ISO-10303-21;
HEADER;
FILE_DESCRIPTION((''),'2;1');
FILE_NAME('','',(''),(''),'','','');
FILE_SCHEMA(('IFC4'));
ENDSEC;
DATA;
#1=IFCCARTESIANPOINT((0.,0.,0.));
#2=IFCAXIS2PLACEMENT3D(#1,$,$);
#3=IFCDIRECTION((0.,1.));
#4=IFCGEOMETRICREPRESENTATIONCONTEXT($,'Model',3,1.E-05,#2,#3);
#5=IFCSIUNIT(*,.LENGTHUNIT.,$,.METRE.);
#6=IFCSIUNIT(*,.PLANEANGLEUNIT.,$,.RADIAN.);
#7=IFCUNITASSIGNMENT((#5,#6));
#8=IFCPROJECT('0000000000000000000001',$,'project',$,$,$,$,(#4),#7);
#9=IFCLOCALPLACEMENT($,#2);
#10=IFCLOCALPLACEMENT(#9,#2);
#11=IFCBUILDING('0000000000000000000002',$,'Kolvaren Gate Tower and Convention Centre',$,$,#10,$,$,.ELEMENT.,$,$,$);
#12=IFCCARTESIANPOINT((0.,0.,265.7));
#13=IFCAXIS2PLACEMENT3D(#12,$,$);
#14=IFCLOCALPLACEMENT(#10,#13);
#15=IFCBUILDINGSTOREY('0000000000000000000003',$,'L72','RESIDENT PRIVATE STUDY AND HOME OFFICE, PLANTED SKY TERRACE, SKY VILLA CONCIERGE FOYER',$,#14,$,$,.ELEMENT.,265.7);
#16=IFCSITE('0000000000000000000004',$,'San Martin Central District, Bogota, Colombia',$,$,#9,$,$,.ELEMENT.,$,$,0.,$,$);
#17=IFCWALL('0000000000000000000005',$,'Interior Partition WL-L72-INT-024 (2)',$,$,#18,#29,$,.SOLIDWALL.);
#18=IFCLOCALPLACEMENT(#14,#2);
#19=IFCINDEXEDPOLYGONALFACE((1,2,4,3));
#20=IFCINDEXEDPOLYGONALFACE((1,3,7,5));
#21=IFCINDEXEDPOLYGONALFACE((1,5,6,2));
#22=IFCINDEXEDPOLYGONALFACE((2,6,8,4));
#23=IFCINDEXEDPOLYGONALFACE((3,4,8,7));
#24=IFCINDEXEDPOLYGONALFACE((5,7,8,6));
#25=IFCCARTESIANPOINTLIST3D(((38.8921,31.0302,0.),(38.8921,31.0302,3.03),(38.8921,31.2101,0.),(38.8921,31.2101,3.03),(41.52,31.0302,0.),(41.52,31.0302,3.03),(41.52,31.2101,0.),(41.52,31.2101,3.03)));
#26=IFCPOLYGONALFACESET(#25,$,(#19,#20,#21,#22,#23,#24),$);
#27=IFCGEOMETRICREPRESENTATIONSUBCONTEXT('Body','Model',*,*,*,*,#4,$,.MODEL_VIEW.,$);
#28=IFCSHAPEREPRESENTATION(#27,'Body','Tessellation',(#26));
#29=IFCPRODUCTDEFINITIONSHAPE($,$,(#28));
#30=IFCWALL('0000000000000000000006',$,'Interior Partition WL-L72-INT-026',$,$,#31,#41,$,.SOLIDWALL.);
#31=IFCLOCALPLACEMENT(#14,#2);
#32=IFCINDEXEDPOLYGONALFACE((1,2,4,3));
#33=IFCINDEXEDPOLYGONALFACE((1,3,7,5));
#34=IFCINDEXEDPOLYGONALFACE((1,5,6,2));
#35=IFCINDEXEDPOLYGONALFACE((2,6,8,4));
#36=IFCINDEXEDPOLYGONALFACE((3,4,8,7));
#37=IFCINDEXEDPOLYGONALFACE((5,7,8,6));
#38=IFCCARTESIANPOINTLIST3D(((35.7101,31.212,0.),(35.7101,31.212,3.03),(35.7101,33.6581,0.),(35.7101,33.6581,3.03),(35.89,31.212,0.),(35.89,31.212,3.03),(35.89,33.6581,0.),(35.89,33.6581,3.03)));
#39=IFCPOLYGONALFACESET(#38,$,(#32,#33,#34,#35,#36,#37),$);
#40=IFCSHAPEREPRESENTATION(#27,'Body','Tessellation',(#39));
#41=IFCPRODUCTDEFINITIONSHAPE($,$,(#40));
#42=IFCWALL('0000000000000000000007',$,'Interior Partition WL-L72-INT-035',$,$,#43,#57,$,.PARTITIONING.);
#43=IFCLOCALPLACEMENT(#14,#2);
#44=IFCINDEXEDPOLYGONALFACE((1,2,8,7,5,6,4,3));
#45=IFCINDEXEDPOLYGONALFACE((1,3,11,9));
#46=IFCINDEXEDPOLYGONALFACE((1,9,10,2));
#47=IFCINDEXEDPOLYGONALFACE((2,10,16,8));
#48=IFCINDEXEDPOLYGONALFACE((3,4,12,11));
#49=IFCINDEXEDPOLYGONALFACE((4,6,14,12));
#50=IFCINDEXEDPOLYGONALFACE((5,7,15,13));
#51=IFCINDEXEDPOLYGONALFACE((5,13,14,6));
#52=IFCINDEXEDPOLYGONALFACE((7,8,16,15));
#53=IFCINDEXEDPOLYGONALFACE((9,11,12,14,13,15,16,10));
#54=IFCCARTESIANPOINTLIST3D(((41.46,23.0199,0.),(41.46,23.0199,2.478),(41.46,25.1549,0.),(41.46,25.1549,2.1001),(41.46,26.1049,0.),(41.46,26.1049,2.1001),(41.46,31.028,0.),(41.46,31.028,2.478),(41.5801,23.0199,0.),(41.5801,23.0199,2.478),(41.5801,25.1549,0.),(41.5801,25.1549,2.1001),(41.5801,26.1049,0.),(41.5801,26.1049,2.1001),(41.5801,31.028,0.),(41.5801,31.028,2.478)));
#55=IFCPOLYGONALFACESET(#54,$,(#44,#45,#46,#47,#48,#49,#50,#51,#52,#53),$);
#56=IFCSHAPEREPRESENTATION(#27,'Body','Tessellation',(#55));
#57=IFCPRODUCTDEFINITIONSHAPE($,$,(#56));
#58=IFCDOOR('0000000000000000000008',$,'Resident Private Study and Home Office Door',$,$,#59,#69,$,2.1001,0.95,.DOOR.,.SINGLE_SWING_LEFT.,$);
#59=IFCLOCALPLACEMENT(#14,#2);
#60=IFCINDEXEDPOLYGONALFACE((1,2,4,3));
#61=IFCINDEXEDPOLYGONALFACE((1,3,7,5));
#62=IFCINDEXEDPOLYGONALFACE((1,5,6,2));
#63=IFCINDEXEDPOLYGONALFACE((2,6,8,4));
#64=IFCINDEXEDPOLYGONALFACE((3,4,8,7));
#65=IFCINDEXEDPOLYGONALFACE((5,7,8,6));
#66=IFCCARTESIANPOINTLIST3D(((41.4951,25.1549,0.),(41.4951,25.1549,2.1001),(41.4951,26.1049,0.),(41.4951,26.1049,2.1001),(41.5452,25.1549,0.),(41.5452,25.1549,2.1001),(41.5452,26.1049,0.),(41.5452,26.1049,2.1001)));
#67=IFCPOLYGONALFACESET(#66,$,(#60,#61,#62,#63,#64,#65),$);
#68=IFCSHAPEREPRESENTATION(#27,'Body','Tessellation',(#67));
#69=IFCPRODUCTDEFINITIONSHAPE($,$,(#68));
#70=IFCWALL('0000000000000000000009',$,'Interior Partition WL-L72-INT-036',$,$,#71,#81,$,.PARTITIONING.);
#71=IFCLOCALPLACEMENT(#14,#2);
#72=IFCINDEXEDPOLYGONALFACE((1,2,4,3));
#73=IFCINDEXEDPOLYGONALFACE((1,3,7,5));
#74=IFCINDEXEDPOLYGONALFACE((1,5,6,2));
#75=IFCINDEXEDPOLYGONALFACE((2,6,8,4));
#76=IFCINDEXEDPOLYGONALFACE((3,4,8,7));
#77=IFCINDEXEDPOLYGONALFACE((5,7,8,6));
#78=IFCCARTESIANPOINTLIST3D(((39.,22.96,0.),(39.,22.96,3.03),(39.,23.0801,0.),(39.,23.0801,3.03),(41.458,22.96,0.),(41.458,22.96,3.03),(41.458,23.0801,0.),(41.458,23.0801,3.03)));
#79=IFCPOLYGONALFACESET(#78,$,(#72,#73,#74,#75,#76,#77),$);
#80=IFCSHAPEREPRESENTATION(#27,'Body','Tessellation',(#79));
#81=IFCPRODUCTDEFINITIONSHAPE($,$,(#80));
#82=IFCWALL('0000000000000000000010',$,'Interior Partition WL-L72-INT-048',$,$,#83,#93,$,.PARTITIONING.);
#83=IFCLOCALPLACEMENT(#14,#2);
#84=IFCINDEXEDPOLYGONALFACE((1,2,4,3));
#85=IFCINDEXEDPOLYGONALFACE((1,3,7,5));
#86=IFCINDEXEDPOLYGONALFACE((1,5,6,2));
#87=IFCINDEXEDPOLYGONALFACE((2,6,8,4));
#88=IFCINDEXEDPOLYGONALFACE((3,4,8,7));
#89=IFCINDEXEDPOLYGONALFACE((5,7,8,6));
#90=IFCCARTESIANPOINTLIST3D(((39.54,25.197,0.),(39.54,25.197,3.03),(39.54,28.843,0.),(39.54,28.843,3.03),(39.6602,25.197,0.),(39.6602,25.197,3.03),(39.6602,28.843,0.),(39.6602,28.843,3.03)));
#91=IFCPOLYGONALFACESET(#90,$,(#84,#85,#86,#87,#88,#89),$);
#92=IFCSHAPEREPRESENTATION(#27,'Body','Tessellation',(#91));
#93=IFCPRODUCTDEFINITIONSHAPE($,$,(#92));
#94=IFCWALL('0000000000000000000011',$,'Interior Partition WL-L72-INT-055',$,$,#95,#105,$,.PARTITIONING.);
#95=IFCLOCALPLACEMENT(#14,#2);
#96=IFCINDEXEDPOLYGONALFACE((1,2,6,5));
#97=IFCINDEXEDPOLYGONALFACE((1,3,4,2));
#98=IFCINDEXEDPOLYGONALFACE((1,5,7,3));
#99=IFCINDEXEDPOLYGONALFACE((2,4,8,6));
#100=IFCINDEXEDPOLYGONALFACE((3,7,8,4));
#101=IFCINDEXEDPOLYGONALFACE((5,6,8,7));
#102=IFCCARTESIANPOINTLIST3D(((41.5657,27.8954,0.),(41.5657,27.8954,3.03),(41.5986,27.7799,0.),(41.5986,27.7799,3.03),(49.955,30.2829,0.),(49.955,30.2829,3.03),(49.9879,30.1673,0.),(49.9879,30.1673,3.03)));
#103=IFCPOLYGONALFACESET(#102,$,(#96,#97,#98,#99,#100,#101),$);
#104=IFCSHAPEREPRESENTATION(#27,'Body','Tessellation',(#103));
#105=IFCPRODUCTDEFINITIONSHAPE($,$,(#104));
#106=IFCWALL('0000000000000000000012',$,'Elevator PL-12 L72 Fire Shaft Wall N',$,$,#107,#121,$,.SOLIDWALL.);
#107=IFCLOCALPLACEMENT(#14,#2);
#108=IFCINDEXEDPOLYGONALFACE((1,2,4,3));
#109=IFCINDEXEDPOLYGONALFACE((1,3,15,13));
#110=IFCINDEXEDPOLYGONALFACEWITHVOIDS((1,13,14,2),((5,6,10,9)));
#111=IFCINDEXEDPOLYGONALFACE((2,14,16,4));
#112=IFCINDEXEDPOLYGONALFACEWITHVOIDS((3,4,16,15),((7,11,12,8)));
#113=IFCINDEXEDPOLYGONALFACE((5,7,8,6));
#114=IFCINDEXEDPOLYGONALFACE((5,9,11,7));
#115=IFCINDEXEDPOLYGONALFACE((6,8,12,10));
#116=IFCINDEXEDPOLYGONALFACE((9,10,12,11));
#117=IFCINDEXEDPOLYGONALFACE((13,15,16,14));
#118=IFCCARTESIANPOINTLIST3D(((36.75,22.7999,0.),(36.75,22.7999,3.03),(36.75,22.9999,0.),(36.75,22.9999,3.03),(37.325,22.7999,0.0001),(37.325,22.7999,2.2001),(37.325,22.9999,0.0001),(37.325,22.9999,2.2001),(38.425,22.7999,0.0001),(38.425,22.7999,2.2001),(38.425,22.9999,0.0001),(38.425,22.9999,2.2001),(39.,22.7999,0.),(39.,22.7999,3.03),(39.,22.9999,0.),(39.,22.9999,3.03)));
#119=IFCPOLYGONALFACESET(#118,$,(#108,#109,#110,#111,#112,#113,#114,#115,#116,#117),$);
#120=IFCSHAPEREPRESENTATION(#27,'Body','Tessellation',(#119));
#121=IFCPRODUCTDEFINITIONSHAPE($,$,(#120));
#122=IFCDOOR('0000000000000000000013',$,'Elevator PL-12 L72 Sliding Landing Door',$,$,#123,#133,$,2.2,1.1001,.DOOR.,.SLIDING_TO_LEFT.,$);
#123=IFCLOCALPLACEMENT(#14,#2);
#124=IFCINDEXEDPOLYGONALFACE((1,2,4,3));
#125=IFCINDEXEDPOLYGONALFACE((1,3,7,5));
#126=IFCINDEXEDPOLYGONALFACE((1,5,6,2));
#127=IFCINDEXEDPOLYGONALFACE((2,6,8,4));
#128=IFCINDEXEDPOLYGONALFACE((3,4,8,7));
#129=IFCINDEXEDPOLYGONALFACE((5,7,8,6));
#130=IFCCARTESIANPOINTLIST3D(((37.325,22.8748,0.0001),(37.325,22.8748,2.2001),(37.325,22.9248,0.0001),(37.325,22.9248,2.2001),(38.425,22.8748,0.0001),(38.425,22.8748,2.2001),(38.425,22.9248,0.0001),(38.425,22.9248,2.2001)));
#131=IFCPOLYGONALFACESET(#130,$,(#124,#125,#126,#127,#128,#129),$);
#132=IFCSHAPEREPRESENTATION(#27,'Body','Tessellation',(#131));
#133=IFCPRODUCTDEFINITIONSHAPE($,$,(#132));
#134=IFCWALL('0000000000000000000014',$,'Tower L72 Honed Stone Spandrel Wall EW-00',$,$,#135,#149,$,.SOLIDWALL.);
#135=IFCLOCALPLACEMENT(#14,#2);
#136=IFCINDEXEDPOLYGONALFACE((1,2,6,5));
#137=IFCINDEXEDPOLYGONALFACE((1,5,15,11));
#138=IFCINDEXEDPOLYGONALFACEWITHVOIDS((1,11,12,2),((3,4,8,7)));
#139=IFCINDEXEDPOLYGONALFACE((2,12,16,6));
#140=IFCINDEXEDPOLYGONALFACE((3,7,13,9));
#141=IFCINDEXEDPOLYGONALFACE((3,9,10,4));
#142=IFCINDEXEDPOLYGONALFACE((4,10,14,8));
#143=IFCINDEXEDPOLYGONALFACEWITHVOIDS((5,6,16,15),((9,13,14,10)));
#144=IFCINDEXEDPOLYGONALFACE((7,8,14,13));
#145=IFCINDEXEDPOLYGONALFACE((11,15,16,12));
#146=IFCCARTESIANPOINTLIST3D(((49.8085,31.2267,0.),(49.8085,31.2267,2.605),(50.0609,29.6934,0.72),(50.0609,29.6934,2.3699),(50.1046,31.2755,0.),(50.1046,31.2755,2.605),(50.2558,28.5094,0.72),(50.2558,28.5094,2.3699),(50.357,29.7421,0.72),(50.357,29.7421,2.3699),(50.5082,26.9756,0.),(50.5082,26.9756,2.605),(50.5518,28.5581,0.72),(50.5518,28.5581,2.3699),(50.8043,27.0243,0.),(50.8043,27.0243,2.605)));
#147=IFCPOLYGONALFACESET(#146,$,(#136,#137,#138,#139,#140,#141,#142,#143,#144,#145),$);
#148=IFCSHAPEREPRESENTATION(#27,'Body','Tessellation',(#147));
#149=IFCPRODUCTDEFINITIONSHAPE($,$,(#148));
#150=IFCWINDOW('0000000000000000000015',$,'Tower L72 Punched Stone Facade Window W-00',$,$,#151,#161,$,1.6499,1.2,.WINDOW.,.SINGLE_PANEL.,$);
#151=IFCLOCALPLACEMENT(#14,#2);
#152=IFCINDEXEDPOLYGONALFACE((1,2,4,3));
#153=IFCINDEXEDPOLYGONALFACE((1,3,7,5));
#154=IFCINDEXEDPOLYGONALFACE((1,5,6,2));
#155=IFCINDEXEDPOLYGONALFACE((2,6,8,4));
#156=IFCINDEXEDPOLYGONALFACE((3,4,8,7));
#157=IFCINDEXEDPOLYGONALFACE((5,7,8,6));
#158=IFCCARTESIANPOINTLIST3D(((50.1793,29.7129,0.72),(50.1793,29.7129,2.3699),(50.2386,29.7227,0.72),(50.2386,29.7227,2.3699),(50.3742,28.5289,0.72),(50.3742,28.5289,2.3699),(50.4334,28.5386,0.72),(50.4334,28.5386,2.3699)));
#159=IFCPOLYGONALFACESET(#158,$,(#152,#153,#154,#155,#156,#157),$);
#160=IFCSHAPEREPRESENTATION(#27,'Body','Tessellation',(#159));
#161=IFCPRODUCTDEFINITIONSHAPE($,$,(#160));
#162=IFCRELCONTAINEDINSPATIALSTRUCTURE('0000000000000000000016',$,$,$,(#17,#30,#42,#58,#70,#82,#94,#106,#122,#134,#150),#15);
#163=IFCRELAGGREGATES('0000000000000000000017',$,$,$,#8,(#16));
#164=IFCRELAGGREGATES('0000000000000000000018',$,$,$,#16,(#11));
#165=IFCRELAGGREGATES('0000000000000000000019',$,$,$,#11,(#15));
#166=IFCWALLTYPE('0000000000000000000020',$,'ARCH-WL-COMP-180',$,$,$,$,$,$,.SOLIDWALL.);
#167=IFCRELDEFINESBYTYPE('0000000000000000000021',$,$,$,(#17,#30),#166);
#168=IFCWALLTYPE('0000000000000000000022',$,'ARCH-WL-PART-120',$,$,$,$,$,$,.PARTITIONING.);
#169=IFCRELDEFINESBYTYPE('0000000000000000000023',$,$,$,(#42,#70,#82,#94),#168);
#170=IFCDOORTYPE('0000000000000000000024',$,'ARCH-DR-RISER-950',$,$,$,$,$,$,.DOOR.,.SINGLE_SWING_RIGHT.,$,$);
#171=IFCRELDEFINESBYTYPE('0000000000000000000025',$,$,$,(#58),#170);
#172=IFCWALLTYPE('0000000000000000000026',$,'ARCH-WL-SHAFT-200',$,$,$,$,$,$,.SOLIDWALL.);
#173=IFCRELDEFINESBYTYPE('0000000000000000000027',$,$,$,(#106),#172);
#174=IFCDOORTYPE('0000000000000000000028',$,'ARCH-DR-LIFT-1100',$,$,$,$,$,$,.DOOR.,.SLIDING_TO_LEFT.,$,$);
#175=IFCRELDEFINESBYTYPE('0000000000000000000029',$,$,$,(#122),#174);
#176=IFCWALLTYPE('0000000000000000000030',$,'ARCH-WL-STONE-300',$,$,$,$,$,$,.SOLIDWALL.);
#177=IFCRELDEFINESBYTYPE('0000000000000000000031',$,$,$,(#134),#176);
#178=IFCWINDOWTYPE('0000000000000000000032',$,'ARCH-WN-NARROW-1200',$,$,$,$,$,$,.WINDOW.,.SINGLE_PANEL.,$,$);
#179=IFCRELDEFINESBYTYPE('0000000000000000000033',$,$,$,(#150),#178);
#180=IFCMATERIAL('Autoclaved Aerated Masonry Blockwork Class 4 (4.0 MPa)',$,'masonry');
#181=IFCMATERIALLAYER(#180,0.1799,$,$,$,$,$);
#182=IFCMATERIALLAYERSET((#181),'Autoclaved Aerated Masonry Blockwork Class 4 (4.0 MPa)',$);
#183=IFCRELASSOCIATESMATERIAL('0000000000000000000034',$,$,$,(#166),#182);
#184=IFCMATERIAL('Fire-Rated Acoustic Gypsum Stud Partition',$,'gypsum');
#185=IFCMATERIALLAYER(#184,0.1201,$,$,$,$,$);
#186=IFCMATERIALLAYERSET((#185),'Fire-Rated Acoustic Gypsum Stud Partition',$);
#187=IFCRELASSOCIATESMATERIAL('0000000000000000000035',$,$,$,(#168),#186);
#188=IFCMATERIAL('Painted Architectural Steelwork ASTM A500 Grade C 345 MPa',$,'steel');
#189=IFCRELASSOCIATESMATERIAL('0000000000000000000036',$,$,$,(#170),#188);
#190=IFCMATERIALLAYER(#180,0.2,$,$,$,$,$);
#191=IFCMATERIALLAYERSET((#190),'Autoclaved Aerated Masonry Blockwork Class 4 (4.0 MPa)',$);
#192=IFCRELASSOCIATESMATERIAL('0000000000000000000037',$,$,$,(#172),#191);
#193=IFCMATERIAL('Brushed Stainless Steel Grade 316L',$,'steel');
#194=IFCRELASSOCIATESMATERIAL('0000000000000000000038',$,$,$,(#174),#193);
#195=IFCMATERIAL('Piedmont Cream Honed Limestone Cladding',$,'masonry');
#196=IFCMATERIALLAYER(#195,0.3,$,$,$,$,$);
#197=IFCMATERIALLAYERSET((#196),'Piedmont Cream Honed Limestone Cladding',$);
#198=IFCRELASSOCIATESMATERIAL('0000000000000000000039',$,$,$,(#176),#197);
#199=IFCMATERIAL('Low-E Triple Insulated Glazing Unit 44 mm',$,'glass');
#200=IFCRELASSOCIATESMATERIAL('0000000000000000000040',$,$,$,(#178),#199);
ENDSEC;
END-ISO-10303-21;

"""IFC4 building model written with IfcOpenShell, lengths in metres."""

from ifc_helpers import new_model, si_unit, direction, frame, frame_2d, origin, place, context, subcontext, project, spatial, rectangle, extrude, material, layer, layer_set, type_object, element, fill, save


model = new_model("IFC4")

# Units and contexts
model_context = context("Model", 3, precision=1e-05, world=origin(), true_north=direction((0.0, 1.0)))
body_context = subcontext(model_context, "Body", "Model", "MODEL_VIEW")
ifc_project = project(units=[si_unit("LENGTHUNIT", "METRE"), si_unit("PLANEANGLEUNIT", "RADIAN")], contexts=[model_context])

# Site, building, storey
site_placement = place(None, origin())
site = spatial("IfcSite", under=ifc_project, at=site_placement, Name="San Martin Central District, Bogota, Colombia", CompositionType="ELEMENT", RefElevation=0.0)
building_placement = place(site_placement, origin())
building = spatial("IfcBuilding", under=site, at=building_placement, Name="Kolvaren Gate Tower and Convention Centre", CompositionType="ELEMENT")
storey_placement = place(building_placement, frame((0.0, 0.0, 265.7)))
storey = spatial("IfcBuildingStorey", under=building, at=storey_placement, Name="L72", Description="RESIDENT PRIVATE STUDY AND HOME OFFICE, PLANTED SKY TERRACE, SKY VILLA CONCIERGE FOYER", CompositionType="ELEMENT", Elevation=265.7)

# Walls
ifc_material_1 = material(Name="Autoclaved Aerated Masonry Blockwork Class 4 (4.0 MPa)", Category="masonry")
ifc_layer_1 = layer(ifc_material_1, 0.1799)
ifc_layer_set_1 = layer_set([ifc_layer_1], Name="Autoclaved Aerated Masonry Blockwork Class 4 (4.0 MPa)")
wall_type_1 = type_object("IfcWallType", Name="ARCH-WL-COMP-180", PredefinedType="SOLIDWALL", material=ifc_layer_set_1)
wall_1_placement = place(storey_placement, frame((38.8921, 31.1201, 0.0), z_axis=(0.0, 0.0, 1.0), x_axis=(1.0, 0.0, 0.0)))
element("IfcWall", 1, at=wall_1_placement, inside=storey, type_object=wall_type_1, Name="Interior Partition WL-L72-INT-024 (2)", PredefinedType="SOLIDWALL", context=body_context, shape_type="SweptSolid", body=[
    extrude(rectangle(XDim=2.6279, YDim=0.1799, at=frame_2d((1.314, 0.0))), origin(), (0.0, 0.0, 1.0), 3.03),
])
wall_2_placement = place(storey_placement, frame((35.8, 31.2119, 0.0), z_axis=(0.0, 0.0, 1.0), x_axis=(0.0, 1.0, 0.0)))
element("IfcWall", 2, at=wall_2_placement, inside=storey, type_object=wall_type_1, Name="Interior Partition WL-L72-INT-026", PredefinedType="SOLIDWALL", context=body_context, shape_type="SweptSolid", body=[
    extrude(rectangle(XDim=2.446, YDim=0.1799, at=frame_2d((1.2231, 0.0))), origin(), (0.0, 0.0, 1.0), 3.03),
])

# Wall, opening, door
ifc_material_2 = material(Name="Fire-Rated Acoustic Gypsum Stud Partition", Category="gypsum")
ifc_layer_2 = layer(ifc_material_2, 0.1201)
ifc_layer_set_2 = layer_set([ifc_layer_2], Name="Fire-Rated Acoustic Gypsum Stud Partition")
wall_type_2 = type_object("IfcWallType", Name="ARCH-WL-PART-120", PredefinedType="PARTITIONING", material=ifc_layer_set_2)
wall_3_placement = place(storey_placement, frame((41.52, 23.02, 0.0), z_axis=(0.0, 0.0, 1.0), x_axis=(0.0, 1.0, 0.0)))
wall_3 = element("IfcWall", 3, at=wall_3_placement, inside=storey, type_object=wall_type_2, Name="Interior Partition WL-L72-INT-035", PredefinedType="PARTITIONING", context=body_context, shape_type="SweptSolid", body=[
    extrude(rectangle(XDim=8.0081, YDim=0.1201, at=frame_2d((4.0039, 0.0))), origin(), (0.0, 0.0, 1.0), 2.478),
])
opening_1_placement = place(wall_3_placement, frame((2.1348, 0.0, 0.0)))
opening_1 = element("IfcOpeningElement", 4, at=opening_1_placement, cuts=wall_3, PredefinedType="OPENING", context=body_context, shape_type="SweptSolid", body=[
    extrude(rectangle(XDim=0.95, YDim=2.1001, at=frame_2d((0.4751, 1.05))), frame((0.0, 0.0701, 0.0), z_axis=(0.0, -1.0, 0.0), x_axis=(1.0, 0.0, 0.0)), (0.0, 0.0, 1.0), 0.1401),
])
ifc_material_3 = material(Name="Painted Architectural Steelwork ASTM A500 Grade C 345 MPa", Category="steel")
door_type_1 = type_object("IfcDoorType", Name="ARCH-DR-RISER-950", OperationType="SINGLE_SWING_RIGHT", PredefinedType="DOOR", material=ifc_material_3)
door_1_placement = place(opening_1_placement, origin())
door_1 = element("IfcDoor", 5, at=door_1_placement, inside=storey, type_object=door_type_1, Name="Resident Private Study and Home Office Door", OperationType="SINGLE_SWING_LEFT", OverallHeight=2.1001, OverallWidth=0.95, PredefinedType="DOOR", context=body_context, shape_type="SweptSolid", body=[
    extrude(rectangle(XDim=0.95, YDim=2.1001, at=frame_2d((0.4751, 1.05))), frame((0.0, 0.0249, 0.0), z_axis=(0.0, -1.0, 0.0), x_axis=(1.0, 0.0, 0.0)), (0.0, 0.0, 1.0), 0.05),
])
fill(opening_1, door_1)

# Walls
wall_4_placement = place(storey_placement, frame((39.0, 23.02, 0.0), z_axis=(0.0, 0.0, 1.0), x_axis=(1.0, 0.0, 0.0)))
element("IfcWall", 6, at=wall_4_placement, inside=storey, type_object=wall_type_2, Name="Interior Partition WL-L72-INT-036", PredefinedType="PARTITIONING", context=body_context, shape_type="SweptSolid", body=[
    extrude(rectangle(XDim=2.458, YDim=0.1201, at=frame_2d((1.229, 0.0))), origin(), (0.0, 0.0, 1.0), 3.03),
])
wall_5_placement = place(storey_placement, frame((39.6001, 25.197, 0.0), z_axis=(0.0, 0.0, 1.0), x_axis=(0.0, 1.0, 0.0)))
element("IfcWall", 7, at=wall_5_placement, inside=storey, type_object=wall_type_2, Name="Interior Partition WL-L72-INT-048", PredefinedType="PARTITIONING", context=body_context, shape_type="SweptSolid", body=[
    extrude(rectangle(XDim=3.646, YDim=0.1201, at=frame_2d((1.823, 0.0))), origin(), (0.0, 0.0, 1.0), 3.03),
])
wall_6_placement = place(storey_placement, frame((41.582, 27.8376, 0.0), z_axis=(0.0, 0.0, 1.0), x_axis=(0.961812, 0.273712, 0.0)))
element("IfcWall", 8, at=wall_6_placement, inside=storey, type_object=wall_type_2, Name="Interior Partition WL-L72-INT-055", PredefinedType="PARTITIONING", context=body_context, shape_type="SweptSolid", body=[
    extrude(rectangle(XDim=8.7224, YDim=0.1201, at=frame_2d((4.3613, 0.0))), origin(), (0.0, 0.0, 1.0), 3.03),
])

# Wall, opening, door
ifc_layer_3 = layer(ifc_material_1, 0.2)
ifc_layer_set_3 = layer_set([ifc_layer_3], Name="Autoclaved Aerated Masonry Blockwork Class 4 (4.0 MPa)")
wall_type_3 = type_object("IfcWallType", Name="ARCH-WL-SHAFT-200", PredefinedType="SOLIDWALL", material=ifc_layer_set_3)
wall_7_placement = place(storey_placement, frame((36.75, 22.8999, 0.0), z_axis=(0.0, 0.0, 1.0), x_axis=(1.0, 0.0, 0.0)))
wall_7 = element("IfcWall", 9, at=wall_7_placement, inside=storey, type_object=wall_type_3, Name="Elevator PL-12 L72 Fire Shaft Wall N", PredefinedType="SOLIDWALL", context=body_context, shape_type="SweptSolid", body=[
    extrude(rectangle(XDim=2.25, YDim=0.2, at=frame_2d((1.125, 0.0))), origin(), (0.0, 0.0, 1.0), 3.03),
])
opening_2_placement = place(wall_7_placement, frame((0.575, 0.0, 0.0)))
opening_2 = element("IfcOpeningElement", 10, at=opening_2_placement, cuts=wall_7, PredefinedType="OPENING", context=body_context, shape_type="SweptSolid", body=[
    extrude(rectangle(XDim=1.1001, YDim=2.2, at=frame_2d((0.55, 1.1001))), frame((0.0, 0.1099, 0.0), z_axis=(0.0, -1.0, 0.0), x_axis=(1.0, 0.0, 0.0)), (0.0, 0.0, 1.0), 0.22),
])
ifc_material_4 = material(Name="Brushed Stainless Steel Grade 316L", Category="steel")
door_type_2 = type_object("IfcDoorType", Name="ARCH-DR-LIFT-1100", OperationType="SLIDING_TO_LEFT", PredefinedType="DOOR", material=ifc_material_4)
door_2_placement = place(opening_2_placement, origin())
door_2 = element("IfcDoor", 11, at=door_2_placement, inside=storey, type_object=door_type_2, Name="Elevator PL-12 L72 Sliding Landing Door", OperationType="SLIDING_TO_LEFT", OverallHeight=2.2, OverallWidth=1.1001, PredefinedType="DOOR", context=body_context, shape_type="SweptSolid", body=[
    extrude(rectangle(XDim=1.1001, YDim=2.2, at=frame_2d((0.55, 1.1001))), frame((0.0, 0.0249, 0.0), z_axis=(0.0, -1.0, 0.0), x_axis=(1.0, 0.0, 0.0)), (0.0, 0.0, 1.0), 0.05),
])
fill(opening_2, door_2)

# Wall, opening, window
ifc_material_5 = material(Name="Piedmont Cream Honed Limestone Cladding", Category="masonry")
ifc_layer_4 = layer(ifc_material_5, 0.3)
ifc_layer_set_4 = layer_set([ifc_layer_4], Name="Piedmont Cream Honed Limestone Cladding")
wall_type_4 = type_object("IfcWallType", Name="ARCH-WL-STONE-300", PredefinedType="SOLIDWALL", material=ifc_layer_set_4)
wall_8_placement = place(storey_placement, frame((49.9565, 31.2512, 0.0), z_axis=(0.0, 0.0, 1.0), x_axis=(0.162405, -0.986724, 0.0)))
wall_8 = element("IfcWall", 12, at=wall_8_placement, inside=storey, type_object=wall_type_4, Name="Tower L72 Honed Stone Spandrel Wall EW-00", PredefinedType="SOLIDWALL", context=body_context, shape_type="SweptSolid", body=[
    extrude(rectangle(XDim=4.3083, YDim=0.3, at=frame_2d((2.1543, 0.0))), origin(), (0.0, 0.0, 1.0), 2.605),
])
opening_3_placement = place(wall_8_placement, frame((1.554, 0.0, 0.72)))
opening_3 = element("IfcOpeningElement", 13, at=opening_3_placement, cuts=wall_8, PredefinedType="OPENING", context=body_context, shape_type="SweptSolid", body=[
    extrude(rectangle(XDim=1.2, YDim=1.6499, at=frame_2d((0.6001, 0.825))), frame((0.0, 0.1599, 0.0), z_axis=(0.0, -1.0, 0.0), x_axis=(1.0, 0.0, 0.0)), (0.0, 0.0, 1.0), 0.3201),
])
ifc_material_6 = material(Name="Low-E Triple Insulated Glazing Unit 44 mm", Category="glass")
window_type = type_object("IfcWindowType", Name="ARCH-WN-NARROW-1200", PartitioningType="SINGLE_PANEL", PredefinedType="WINDOW", material=ifc_material_6)
window_placement = place(opening_3_placement, origin())
window = element("IfcWindow", 14, at=window_placement, inside=storey, type_object=window_type, Name="Tower L72 Punched Stone Facade Window W-00", OverallHeight=1.6499, OverallWidth=1.2, PartitioningType="SINGLE_PANEL", PredefinedType="WINDOW", context=body_context, shape_type="SweptSolid", body=[
    extrude(rectangle(XDim=1.2, YDim=1.6499, at=frame_2d((0.6001, 0.825))), frame((0.0, 0.03, 0.0), z_axis=(0.0, -1.0, 0.0), x_axis=(1.0, 0.0, 0.0)), (0.0, 0.0, 1.0), 0.0601),
])
fill(opening_3, window)

save(model, "model.ifc")
